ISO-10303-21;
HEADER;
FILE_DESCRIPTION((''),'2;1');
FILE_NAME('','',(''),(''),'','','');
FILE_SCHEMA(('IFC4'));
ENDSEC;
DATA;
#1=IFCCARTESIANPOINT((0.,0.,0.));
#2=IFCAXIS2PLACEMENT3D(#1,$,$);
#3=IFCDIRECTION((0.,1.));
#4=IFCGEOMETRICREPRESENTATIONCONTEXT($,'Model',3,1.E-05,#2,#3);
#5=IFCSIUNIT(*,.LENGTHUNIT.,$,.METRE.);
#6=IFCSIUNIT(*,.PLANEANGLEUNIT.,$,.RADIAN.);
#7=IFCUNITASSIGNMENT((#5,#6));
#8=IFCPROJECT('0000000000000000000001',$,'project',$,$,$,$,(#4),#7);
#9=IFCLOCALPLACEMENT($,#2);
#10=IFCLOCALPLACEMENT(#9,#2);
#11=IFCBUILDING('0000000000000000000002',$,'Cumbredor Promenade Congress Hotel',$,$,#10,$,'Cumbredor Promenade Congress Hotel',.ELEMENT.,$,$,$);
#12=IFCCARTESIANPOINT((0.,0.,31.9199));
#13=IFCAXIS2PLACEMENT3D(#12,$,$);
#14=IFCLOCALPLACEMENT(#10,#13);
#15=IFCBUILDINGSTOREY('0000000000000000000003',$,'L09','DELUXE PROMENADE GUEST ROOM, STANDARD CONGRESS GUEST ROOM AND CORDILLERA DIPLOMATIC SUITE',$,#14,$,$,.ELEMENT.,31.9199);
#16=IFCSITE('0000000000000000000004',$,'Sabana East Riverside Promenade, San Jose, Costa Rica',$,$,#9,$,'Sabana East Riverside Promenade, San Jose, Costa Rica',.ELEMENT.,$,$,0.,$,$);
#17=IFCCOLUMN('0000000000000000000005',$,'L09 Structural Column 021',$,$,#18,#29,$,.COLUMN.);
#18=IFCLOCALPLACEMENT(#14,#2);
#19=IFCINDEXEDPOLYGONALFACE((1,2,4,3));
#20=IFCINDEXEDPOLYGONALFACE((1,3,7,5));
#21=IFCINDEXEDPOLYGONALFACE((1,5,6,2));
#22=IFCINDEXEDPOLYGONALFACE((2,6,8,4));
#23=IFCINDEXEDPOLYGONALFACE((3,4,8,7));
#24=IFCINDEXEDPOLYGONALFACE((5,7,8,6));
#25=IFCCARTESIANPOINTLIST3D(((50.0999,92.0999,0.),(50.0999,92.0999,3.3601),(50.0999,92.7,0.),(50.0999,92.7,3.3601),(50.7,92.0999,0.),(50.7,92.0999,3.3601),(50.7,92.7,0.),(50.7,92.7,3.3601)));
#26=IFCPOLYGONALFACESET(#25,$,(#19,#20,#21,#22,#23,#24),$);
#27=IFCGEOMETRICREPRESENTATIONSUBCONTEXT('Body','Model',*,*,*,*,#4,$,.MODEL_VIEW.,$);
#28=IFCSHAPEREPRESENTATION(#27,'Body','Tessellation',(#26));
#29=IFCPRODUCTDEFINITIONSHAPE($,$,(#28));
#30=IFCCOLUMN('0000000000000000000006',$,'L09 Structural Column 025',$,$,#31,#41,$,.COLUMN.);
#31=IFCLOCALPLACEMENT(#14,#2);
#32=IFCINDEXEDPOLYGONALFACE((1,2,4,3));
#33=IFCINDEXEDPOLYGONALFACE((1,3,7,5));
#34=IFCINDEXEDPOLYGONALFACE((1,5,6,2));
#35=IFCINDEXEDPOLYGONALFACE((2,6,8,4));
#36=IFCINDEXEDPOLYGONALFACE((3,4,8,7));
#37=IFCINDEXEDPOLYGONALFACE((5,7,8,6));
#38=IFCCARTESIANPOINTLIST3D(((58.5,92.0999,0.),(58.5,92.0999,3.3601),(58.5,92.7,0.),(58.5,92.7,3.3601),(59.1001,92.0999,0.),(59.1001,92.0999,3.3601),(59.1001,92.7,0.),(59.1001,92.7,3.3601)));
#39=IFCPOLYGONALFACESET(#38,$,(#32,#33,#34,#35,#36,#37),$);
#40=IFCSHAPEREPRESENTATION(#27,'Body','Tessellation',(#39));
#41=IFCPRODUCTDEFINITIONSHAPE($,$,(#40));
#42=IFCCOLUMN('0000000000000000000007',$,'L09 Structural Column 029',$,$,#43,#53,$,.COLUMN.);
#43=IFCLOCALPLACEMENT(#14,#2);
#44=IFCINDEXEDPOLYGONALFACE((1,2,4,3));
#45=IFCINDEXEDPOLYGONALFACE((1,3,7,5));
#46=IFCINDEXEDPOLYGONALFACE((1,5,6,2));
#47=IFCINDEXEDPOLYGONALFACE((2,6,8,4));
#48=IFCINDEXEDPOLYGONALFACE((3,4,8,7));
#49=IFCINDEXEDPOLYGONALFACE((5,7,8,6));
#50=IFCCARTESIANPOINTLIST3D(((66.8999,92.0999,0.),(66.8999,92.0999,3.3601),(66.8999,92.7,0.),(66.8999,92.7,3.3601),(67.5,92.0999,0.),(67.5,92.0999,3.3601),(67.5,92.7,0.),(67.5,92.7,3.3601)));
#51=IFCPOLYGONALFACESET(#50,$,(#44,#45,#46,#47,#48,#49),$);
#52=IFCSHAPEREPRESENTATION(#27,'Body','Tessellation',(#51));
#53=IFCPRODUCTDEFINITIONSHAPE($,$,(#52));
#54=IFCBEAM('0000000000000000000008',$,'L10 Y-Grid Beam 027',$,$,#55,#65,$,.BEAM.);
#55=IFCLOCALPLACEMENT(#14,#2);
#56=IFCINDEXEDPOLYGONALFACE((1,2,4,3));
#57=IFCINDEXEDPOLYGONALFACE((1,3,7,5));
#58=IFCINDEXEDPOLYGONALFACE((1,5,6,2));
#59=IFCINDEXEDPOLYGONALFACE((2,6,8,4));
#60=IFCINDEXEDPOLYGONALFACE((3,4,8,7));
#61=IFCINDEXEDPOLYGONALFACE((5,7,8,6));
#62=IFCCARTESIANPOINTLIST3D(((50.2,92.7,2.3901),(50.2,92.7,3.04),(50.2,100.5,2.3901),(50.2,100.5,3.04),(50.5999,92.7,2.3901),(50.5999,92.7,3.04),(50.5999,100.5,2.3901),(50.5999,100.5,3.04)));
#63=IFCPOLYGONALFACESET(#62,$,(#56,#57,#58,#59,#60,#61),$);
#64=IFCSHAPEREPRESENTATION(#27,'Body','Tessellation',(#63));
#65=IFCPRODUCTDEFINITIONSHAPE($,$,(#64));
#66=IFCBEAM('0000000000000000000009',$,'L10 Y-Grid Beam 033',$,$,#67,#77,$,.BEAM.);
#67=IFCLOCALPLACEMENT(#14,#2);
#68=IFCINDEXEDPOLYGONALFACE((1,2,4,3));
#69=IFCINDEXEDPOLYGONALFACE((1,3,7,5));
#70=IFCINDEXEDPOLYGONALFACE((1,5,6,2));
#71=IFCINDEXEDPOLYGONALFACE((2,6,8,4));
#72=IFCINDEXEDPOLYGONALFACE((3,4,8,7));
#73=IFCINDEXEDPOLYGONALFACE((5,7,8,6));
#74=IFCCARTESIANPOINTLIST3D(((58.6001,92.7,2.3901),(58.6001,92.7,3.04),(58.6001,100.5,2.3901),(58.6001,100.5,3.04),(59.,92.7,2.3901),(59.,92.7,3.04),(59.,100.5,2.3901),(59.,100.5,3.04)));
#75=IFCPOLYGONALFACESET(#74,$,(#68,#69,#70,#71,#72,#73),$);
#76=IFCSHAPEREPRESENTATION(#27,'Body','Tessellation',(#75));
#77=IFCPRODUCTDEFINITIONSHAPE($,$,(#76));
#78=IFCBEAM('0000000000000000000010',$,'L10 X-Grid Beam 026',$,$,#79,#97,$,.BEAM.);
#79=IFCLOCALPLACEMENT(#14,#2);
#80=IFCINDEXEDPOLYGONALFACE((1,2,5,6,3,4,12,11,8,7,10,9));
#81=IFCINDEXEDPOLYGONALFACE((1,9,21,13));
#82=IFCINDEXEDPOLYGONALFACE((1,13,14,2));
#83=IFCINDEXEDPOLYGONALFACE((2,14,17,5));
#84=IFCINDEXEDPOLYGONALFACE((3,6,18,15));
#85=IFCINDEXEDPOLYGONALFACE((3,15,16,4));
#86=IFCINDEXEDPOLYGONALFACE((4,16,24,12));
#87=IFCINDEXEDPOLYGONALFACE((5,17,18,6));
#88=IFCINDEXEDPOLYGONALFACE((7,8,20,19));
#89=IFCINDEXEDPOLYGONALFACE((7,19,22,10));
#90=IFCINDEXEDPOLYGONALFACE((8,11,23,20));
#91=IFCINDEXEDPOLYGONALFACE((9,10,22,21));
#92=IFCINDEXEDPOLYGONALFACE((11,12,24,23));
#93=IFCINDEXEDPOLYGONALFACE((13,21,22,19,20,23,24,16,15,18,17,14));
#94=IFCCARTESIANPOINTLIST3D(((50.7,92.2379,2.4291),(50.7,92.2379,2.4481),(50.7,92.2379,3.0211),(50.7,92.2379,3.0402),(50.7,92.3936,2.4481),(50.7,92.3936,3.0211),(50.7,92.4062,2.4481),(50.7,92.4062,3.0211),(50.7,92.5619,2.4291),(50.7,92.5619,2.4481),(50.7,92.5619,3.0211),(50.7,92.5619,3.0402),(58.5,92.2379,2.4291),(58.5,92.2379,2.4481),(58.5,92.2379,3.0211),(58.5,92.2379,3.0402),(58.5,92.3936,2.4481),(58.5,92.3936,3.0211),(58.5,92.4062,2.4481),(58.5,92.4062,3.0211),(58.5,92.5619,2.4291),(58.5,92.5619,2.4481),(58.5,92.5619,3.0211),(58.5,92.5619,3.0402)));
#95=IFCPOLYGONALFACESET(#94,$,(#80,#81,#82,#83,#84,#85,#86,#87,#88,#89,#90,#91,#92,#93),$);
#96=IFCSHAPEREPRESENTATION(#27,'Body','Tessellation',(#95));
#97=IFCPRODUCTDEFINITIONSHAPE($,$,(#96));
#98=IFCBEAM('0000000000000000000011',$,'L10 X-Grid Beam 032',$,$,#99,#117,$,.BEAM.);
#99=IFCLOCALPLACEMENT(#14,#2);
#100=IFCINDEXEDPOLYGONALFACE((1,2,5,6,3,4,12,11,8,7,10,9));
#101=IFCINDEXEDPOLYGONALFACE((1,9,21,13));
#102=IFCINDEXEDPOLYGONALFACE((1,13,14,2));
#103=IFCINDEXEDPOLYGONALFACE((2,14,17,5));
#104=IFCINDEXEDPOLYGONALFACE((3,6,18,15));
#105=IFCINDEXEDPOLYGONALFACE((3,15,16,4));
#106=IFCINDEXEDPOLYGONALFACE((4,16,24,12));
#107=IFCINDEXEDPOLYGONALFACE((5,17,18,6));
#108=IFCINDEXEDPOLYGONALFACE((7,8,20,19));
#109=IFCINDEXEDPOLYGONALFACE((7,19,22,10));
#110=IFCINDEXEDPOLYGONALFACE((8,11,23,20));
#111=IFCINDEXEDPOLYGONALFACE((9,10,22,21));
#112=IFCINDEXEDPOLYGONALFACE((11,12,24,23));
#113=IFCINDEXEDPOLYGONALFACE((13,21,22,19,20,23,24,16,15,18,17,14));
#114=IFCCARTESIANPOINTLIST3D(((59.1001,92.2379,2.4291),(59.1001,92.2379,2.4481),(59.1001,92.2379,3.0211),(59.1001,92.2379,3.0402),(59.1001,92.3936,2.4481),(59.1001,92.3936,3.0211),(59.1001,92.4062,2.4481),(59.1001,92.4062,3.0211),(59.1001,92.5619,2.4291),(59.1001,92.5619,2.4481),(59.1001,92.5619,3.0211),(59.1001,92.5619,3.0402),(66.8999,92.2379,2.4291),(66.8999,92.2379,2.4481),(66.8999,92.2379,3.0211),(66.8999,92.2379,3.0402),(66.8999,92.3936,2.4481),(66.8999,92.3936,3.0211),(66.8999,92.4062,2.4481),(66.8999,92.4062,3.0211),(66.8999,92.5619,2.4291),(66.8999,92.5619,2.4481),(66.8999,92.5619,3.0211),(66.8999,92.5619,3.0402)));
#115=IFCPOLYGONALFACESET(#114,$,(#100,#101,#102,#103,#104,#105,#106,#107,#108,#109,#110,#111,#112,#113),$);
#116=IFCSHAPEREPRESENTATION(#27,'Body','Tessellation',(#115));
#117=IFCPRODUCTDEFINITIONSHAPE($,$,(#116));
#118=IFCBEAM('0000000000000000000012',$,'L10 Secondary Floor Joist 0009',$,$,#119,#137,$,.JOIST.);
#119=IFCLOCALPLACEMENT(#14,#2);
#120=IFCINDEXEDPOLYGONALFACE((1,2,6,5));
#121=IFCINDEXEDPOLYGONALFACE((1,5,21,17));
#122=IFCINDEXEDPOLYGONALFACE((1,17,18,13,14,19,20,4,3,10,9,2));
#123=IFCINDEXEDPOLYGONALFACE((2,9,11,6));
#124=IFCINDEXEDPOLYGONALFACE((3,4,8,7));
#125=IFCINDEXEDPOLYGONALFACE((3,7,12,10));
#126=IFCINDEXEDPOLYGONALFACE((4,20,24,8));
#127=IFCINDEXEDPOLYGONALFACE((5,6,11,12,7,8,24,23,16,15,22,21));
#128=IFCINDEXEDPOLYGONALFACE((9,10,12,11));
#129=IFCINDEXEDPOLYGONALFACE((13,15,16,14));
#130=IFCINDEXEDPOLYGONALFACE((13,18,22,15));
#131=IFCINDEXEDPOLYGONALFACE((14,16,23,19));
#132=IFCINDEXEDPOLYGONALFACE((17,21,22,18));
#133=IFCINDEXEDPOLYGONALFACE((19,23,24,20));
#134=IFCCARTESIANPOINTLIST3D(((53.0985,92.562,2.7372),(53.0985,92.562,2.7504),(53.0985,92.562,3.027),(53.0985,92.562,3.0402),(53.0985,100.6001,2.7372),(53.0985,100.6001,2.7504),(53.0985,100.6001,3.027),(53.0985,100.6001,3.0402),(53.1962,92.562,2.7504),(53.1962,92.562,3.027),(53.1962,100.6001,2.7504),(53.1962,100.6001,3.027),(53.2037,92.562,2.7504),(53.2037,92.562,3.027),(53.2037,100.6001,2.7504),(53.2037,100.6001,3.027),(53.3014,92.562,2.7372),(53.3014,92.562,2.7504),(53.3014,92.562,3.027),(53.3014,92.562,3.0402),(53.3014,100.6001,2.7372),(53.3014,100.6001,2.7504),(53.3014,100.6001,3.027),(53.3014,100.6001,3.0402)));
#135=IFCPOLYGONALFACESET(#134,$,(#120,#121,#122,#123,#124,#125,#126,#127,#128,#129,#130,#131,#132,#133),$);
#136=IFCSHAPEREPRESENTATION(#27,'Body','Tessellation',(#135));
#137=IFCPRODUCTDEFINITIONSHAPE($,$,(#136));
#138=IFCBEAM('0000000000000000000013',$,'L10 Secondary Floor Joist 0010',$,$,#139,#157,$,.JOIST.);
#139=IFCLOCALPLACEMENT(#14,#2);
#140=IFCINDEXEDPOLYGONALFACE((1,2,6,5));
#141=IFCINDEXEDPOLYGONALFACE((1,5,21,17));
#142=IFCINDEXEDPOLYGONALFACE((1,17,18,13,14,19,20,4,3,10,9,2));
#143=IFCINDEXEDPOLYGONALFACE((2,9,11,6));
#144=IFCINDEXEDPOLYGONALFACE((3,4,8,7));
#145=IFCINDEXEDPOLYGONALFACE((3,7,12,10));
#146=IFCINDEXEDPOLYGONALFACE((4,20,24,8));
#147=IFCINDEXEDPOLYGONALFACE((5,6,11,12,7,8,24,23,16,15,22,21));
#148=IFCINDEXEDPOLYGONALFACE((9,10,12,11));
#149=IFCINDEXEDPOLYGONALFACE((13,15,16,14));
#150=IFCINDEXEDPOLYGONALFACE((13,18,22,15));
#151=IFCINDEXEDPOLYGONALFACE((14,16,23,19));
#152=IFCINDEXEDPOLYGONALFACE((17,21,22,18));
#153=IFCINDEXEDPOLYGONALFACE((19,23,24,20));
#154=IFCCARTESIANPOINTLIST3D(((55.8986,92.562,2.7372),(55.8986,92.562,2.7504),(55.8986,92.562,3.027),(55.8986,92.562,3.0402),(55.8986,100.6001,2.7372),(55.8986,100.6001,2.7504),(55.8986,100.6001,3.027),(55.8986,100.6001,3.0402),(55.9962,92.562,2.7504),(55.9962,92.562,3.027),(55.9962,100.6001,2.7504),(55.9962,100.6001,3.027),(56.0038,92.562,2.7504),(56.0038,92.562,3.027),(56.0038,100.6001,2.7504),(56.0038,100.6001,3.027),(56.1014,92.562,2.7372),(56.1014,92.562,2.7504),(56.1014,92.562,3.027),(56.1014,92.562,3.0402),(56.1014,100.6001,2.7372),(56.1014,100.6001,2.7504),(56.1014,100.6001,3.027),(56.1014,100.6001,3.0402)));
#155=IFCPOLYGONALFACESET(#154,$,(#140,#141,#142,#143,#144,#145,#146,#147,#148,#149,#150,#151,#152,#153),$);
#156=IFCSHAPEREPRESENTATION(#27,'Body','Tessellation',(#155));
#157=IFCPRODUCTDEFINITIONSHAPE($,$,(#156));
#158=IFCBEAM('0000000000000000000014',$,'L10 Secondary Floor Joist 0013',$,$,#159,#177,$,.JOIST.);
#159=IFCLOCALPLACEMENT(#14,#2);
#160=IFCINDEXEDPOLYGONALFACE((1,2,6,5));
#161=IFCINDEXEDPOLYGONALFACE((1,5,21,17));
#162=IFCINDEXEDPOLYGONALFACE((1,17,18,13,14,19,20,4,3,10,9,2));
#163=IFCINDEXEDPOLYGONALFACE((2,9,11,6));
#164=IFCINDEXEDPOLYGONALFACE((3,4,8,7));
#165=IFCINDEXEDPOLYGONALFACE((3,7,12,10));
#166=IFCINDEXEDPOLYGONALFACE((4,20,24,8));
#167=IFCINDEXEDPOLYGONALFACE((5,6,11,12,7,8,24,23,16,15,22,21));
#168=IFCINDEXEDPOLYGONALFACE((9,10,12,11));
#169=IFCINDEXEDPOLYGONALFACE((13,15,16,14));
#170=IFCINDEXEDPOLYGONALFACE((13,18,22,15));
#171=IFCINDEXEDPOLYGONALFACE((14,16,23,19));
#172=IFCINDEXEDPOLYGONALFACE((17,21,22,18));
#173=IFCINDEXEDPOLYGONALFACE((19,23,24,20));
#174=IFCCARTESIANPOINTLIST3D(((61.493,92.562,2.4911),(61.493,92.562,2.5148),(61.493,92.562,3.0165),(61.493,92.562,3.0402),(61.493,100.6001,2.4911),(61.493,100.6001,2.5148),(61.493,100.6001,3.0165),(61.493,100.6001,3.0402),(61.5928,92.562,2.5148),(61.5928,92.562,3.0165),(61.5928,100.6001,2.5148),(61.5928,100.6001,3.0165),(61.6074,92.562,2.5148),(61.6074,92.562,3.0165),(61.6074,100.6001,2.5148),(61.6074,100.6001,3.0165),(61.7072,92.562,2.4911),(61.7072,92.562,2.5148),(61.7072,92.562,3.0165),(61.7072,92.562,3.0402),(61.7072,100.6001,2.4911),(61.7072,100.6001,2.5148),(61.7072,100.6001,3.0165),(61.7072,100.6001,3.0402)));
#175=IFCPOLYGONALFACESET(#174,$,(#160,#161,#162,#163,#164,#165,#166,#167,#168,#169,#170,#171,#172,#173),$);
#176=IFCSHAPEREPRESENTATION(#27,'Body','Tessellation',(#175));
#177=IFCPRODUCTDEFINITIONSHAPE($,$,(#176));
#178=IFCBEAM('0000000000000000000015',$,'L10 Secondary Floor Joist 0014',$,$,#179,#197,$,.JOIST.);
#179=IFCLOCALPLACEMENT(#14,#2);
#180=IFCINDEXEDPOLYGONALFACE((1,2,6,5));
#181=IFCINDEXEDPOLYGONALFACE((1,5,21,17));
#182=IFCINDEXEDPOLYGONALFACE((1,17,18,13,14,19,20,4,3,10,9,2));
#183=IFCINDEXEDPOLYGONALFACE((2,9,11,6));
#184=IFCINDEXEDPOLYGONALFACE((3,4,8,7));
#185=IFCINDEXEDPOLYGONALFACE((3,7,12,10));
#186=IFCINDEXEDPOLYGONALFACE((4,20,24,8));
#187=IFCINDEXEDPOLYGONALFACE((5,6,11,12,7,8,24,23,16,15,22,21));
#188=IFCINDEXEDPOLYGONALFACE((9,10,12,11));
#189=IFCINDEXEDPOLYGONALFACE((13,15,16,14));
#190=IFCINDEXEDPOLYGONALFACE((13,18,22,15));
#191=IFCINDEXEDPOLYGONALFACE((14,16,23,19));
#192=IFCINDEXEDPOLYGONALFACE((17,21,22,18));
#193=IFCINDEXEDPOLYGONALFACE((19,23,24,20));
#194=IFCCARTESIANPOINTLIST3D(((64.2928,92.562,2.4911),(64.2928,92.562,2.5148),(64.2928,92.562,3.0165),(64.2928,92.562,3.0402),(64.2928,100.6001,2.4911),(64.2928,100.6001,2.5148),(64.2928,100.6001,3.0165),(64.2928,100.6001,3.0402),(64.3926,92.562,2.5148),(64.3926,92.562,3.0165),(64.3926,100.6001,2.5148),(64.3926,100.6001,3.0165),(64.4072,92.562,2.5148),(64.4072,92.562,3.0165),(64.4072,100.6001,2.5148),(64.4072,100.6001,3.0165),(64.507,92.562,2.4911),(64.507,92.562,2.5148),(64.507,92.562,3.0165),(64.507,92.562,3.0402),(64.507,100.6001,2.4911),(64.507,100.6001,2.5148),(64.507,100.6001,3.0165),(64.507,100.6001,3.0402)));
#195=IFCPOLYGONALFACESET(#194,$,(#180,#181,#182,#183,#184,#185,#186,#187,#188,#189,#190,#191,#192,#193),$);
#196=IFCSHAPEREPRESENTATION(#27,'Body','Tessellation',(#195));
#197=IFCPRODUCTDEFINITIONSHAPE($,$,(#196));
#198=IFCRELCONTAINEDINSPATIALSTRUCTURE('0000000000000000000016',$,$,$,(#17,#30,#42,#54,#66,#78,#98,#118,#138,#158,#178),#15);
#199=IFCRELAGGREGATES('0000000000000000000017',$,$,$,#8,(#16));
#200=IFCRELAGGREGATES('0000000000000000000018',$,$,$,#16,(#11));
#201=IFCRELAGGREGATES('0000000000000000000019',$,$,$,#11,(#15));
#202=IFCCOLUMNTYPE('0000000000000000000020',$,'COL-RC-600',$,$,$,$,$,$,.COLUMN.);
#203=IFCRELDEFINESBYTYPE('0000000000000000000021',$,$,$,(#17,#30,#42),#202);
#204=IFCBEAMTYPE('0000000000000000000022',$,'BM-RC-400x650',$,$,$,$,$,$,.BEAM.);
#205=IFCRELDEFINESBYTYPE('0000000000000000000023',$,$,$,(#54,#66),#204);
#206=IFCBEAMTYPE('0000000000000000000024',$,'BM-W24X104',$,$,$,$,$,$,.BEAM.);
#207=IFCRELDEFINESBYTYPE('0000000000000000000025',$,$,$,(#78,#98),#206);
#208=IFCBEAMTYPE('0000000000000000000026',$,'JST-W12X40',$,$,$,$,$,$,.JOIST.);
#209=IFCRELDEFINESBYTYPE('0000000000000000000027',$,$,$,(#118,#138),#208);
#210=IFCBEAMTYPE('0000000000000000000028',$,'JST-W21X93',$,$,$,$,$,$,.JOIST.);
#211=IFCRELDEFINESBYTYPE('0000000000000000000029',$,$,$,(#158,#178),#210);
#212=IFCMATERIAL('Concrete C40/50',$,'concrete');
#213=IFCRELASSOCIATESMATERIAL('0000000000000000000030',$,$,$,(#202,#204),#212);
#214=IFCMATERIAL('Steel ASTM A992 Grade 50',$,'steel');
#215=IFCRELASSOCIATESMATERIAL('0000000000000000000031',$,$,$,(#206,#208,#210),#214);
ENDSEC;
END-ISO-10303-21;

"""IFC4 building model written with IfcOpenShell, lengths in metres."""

from ifc_helpers import new_model, si_unit, direction, frame, origin, origin_2d, place, context, subcontext, project, spatial, rectangle, i_section, extrude, material, material_profile, profile_set, type_object, element, save


model = new_model("IFC4")

# Units and contexts
model_context = context("Model", 3, precision=1e-05, world=origin(), true_north=direction((0.0, 1.0)))
body_context = subcontext(model_context, "Body", "Model", "MODEL_VIEW")
ifc_project = project(units=[si_unit("LENGTHUNIT", "METRE"), si_unit("PLANEANGLEUNIT", "RADIAN")], contexts=[model_context])

# Site, building, storey
site_placement = place(None, origin())
site = spatial("IfcSite", under=ifc_project, at=site_placement, Name="Sabana East Riverside Promenade, San Jose, Costa Rica", LongName="Sabana East Riverside Promenade, San Jose, Costa Rica", CompositionType="ELEMENT", RefElevation=0.0)
building_placement = place(site_placement, origin())
building = spatial("IfcBuilding", under=site, at=building_placement, Name="Cumbredor Promenade Congress Hotel", LongName="Cumbredor Promenade Congress Hotel", CompositionType="ELEMENT")
storey_placement = place(building_placement, frame((0.0, 0.0, 31.9199)))
storey = spatial("IfcBuildingStorey", under=building, at=storey_placement, Name="L09", Description="DELUXE PROMENADE GUEST ROOM, STANDARD CONGRESS GUEST ROOM AND CORDILLERA DIPLOMATIC SUITE", CompositionType="ELEMENT", Elevation=31.9199)

# Columns
ifc_material_1 = material(Name="Concrete C40/50", Category="concrete")
ifc_material_profile_1 = material_profile(ifc_material_1, rectangle(XDim=0.6001, YDim=0.6001, at=origin_2d()), Name="RC 600x600")
ifc_profile_set_1 = profile_set([ifc_material_profile_1], Name="Concrete C40/50")
column_type = type_object("IfcColumnType", Name="COL-RC-600", PredefinedType="COLUMN", material=ifc_profile_set_1)
for number, where, z_axis, x_axis, name in (
    (1, (50.3999, 92.3999, 0.0), (0.0, 0.0, 1.0), (1.0, 0.0, 0.0), "L09 Structural Column 021"),
    (2, (58.8, 92.3999, 0.0), (0.0, 0.0, 1.0), (1.0, 0.0, 0.0), "L09 Structural Column 025"),
    (3, (67.2, 92.3999, 0.0), (0.0, 0.0, 1.0), (1.0, 0.0, 0.0), "L09 Structural Column 029"),
):
    element("IfcColumn", number, at=place(storey_placement, frame(where, z_axis=z_axis, x_axis=x_axis)), inside=storey, type_object=column_type, Name=name, PredefinedType="COLUMN", context=body_context, shape_type="SweptSolid", body=[
        extrude(rectangle(XDim=0.6001, YDim=0.6001, at=origin_2d()), origin(), (0.0, 0.0, 1.0), 3.3601),
    ])

# Beams
ifc_material_profile_2 = material_profile(ifc_material_1, rectangle(XDim=0.3999, YDim=0.6499, at=origin_2d()), Name="RC BEAM 400x650")
ifc_profile_set_2 = profile_set([ifc_material_profile_2], Name="Concrete C40/50")
beam_type_1 = type_object("IfcBeamType", Name="BM-RC-400x650", PredefinedType="BEAM", material=ifc_profile_set_2)
for number, where, z_axis, x_axis, name in (
    (4, (50.3999, 92.7, 2.7151), (0.0, 1.0, 0.0), (-1.0, 0.0, 0.0), "L10 Y-Grid Beam 027"),
    (5, (58.8, 92.7, 2.7151), (0.0, 1.0, 0.0), (-1.0, 0.0, 0.0), "L10 Y-Grid Beam 033"),
):
    element("IfcBeam", number, at=place(storey_placement, frame(where, z_axis=z_axis, x_axis=x_axis)), inside=storey, type_object=beam_type_1, Name=name, PredefinedType="BEAM", context=body_context, shape_type="SweptSolid", body=[
        extrude(rectangle(XDim=0.3999, YDim=0.6499, at=origin_2d()), origin(), (0.0, 0.0, 1.0), 7.8),
    ])
ifc_material_2 = material(Name="Steel ASTM A992 Grade 50", Category="steel")
ifc_material_profile_3 = material_profile(ifc_material_2, i_section(OverallWidth=0.324, OverallDepth=0.6111, WebThickness=0.0127, FlangeThickness=0.019, at=origin_2d()), Name="W24X104")
ifc_profile_set_3 = profile_set([ifc_material_profile_3], Name="Steel ASTM A992 Grade 50")
beam_type_2 = type_object("IfcBeamType", Name="BM-W24X104", PredefinedType="BEAM", material=ifc_profile_set_3)
beam_1_placement = place(storey_placement, frame((50.7, 92.3999, 2.7346), z_axis=(1.0, 0.0, 0.0), x_axis=(0.0, 1.0, 0.0)))
element("IfcBeam", 6, at=beam_1_placement, inside=storey, type_object=beam_type_2, Name="L10 X-Grid Beam 026", PredefinedType="BEAM", context=body_context, shape_type="SweptSolid", body=[
    extrude(i_section(OverallWidth=0.324, OverallDepth=0.6111, WebThickness=0.0127, FlangeThickness=0.019, at=origin_2d()), origin(), (0.0, 0.0, 1.0), 7.8),
])
beam_2_placement = place(storey_placement, frame((59.1001, 92.3999, 2.7346), z_axis=(1.0, 0.0, 0.0), x_axis=(0.0, 1.0, 0.0)))
element("IfcBeam", 7, at=beam_2_placement, inside=storey, type_object=beam_type_2, Name="L10 X-Grid Beam 032", PredefinedType="BEAM", context=body_context, shape_type="SweptSolid", body=[
    extrude(i_section(OverallWidth=0.324, OverallDepth=0.6111, WebThickness=0.0127, FlangeThickness=0.019, at=origin_2d()), origin(), (0.0, 0.0, 1.0), 7.7998),
])
ifc_material_profile_4 = material_profile(ifc_material_2, i_section(OverallWidth=0.2029, OverallDepth=0.303, WebThickness=0.0076, FlangeThickness=0.0132, at=origin_2d()), Name="W12X40")
ifc_profile_set_4 = profile_set([ifc_material_profile_4], Name="Steel ASTM A992 Grade 50")
beam_type_3 = type_object("IfcBeamType", Name="JST-W12X40", PredefinedType="JOIST", material=ifc_profile_set_4)
for number, where, z_axis, x_axis, name in (
    (8, (53.2, 92.562, 2.8887), (0.0, 1.0, 0.0), (-1.0, 0.0, 0.0), "L10 Secondary Floor Joist 0009"),
    (9, (56.0, 92.562, 2.8887), (0.0, 1.0, 0.0), (-1.0, 0.0, 0.0), "L10 Secondary Floor Joist 0010"),
):
    element("IfcBeam", number, at=place(storey_placement, frame(where, z_axis=z_axis, x_axis=x_axis)), inside=storey, type_object=beam_type_3, Name=name, PredefinedType="JOIST", context=body_context, shape_type="SweptSolid", body=[
        extrude(i_section(OverallWidth=0.2029, OverallDepth=0.303, WebThickness=0.0076, FlangeThickness=0.0132, at=origin_2d()), origin(), (0.0, 0.0, 1.0), 8.0381),
    ])
ifc_material_profile_5 = material_profile(ifc_material_2, i_section(OverallWidth=0.2141, OverallDepth=0.5491, WebThickness=0.0146, FlangeThickness=0.0237, at=origin_2d()), Name="W21X93")
ifc_profile_set_5 = profile_set([ifc_material_profile_5], Name="Steel ASTM A992 Grade 50")
beam_type_4 = type_object("IfcBeamType", Name="JST-W21X93", PredefinedType="JOIST", material=ifc_profile_set_5)
for number, where, z_axis, x_axis, name in (
    (10, (61.6001, 92.562, 2.7656), (0.0, 1.0, 0.0), (-1.0, 0.0, 0.0), "L10 Secondary Floor Joist 0013"),
    (11, (64.3999, 92.562, 2.7656), (0.0, 1.0, 0.0), (-1.0, 0.0, 0.0), "L10 Secondary Floor Joist 0014"),
):
    element("IfcBeam", number, at=place(storey_placement, frame(where, z_axis=z_axis, x_axis=x_axis)), inside=storey, type_object=beam_type_4, Name=name, PredefinedType="JOIST", context=body_context, shape_type="SweptSolid", body=[
        extrude(i_section(OverallWidth=0.2141, OverallDepth=0.5491, WebThickness=0.0146, FlangeThickness=0.0237, at=origin_2d()), origin(), (0.0, 0.0, 1.0), 8.0381),
    ])

save(model, "model.ifc")
